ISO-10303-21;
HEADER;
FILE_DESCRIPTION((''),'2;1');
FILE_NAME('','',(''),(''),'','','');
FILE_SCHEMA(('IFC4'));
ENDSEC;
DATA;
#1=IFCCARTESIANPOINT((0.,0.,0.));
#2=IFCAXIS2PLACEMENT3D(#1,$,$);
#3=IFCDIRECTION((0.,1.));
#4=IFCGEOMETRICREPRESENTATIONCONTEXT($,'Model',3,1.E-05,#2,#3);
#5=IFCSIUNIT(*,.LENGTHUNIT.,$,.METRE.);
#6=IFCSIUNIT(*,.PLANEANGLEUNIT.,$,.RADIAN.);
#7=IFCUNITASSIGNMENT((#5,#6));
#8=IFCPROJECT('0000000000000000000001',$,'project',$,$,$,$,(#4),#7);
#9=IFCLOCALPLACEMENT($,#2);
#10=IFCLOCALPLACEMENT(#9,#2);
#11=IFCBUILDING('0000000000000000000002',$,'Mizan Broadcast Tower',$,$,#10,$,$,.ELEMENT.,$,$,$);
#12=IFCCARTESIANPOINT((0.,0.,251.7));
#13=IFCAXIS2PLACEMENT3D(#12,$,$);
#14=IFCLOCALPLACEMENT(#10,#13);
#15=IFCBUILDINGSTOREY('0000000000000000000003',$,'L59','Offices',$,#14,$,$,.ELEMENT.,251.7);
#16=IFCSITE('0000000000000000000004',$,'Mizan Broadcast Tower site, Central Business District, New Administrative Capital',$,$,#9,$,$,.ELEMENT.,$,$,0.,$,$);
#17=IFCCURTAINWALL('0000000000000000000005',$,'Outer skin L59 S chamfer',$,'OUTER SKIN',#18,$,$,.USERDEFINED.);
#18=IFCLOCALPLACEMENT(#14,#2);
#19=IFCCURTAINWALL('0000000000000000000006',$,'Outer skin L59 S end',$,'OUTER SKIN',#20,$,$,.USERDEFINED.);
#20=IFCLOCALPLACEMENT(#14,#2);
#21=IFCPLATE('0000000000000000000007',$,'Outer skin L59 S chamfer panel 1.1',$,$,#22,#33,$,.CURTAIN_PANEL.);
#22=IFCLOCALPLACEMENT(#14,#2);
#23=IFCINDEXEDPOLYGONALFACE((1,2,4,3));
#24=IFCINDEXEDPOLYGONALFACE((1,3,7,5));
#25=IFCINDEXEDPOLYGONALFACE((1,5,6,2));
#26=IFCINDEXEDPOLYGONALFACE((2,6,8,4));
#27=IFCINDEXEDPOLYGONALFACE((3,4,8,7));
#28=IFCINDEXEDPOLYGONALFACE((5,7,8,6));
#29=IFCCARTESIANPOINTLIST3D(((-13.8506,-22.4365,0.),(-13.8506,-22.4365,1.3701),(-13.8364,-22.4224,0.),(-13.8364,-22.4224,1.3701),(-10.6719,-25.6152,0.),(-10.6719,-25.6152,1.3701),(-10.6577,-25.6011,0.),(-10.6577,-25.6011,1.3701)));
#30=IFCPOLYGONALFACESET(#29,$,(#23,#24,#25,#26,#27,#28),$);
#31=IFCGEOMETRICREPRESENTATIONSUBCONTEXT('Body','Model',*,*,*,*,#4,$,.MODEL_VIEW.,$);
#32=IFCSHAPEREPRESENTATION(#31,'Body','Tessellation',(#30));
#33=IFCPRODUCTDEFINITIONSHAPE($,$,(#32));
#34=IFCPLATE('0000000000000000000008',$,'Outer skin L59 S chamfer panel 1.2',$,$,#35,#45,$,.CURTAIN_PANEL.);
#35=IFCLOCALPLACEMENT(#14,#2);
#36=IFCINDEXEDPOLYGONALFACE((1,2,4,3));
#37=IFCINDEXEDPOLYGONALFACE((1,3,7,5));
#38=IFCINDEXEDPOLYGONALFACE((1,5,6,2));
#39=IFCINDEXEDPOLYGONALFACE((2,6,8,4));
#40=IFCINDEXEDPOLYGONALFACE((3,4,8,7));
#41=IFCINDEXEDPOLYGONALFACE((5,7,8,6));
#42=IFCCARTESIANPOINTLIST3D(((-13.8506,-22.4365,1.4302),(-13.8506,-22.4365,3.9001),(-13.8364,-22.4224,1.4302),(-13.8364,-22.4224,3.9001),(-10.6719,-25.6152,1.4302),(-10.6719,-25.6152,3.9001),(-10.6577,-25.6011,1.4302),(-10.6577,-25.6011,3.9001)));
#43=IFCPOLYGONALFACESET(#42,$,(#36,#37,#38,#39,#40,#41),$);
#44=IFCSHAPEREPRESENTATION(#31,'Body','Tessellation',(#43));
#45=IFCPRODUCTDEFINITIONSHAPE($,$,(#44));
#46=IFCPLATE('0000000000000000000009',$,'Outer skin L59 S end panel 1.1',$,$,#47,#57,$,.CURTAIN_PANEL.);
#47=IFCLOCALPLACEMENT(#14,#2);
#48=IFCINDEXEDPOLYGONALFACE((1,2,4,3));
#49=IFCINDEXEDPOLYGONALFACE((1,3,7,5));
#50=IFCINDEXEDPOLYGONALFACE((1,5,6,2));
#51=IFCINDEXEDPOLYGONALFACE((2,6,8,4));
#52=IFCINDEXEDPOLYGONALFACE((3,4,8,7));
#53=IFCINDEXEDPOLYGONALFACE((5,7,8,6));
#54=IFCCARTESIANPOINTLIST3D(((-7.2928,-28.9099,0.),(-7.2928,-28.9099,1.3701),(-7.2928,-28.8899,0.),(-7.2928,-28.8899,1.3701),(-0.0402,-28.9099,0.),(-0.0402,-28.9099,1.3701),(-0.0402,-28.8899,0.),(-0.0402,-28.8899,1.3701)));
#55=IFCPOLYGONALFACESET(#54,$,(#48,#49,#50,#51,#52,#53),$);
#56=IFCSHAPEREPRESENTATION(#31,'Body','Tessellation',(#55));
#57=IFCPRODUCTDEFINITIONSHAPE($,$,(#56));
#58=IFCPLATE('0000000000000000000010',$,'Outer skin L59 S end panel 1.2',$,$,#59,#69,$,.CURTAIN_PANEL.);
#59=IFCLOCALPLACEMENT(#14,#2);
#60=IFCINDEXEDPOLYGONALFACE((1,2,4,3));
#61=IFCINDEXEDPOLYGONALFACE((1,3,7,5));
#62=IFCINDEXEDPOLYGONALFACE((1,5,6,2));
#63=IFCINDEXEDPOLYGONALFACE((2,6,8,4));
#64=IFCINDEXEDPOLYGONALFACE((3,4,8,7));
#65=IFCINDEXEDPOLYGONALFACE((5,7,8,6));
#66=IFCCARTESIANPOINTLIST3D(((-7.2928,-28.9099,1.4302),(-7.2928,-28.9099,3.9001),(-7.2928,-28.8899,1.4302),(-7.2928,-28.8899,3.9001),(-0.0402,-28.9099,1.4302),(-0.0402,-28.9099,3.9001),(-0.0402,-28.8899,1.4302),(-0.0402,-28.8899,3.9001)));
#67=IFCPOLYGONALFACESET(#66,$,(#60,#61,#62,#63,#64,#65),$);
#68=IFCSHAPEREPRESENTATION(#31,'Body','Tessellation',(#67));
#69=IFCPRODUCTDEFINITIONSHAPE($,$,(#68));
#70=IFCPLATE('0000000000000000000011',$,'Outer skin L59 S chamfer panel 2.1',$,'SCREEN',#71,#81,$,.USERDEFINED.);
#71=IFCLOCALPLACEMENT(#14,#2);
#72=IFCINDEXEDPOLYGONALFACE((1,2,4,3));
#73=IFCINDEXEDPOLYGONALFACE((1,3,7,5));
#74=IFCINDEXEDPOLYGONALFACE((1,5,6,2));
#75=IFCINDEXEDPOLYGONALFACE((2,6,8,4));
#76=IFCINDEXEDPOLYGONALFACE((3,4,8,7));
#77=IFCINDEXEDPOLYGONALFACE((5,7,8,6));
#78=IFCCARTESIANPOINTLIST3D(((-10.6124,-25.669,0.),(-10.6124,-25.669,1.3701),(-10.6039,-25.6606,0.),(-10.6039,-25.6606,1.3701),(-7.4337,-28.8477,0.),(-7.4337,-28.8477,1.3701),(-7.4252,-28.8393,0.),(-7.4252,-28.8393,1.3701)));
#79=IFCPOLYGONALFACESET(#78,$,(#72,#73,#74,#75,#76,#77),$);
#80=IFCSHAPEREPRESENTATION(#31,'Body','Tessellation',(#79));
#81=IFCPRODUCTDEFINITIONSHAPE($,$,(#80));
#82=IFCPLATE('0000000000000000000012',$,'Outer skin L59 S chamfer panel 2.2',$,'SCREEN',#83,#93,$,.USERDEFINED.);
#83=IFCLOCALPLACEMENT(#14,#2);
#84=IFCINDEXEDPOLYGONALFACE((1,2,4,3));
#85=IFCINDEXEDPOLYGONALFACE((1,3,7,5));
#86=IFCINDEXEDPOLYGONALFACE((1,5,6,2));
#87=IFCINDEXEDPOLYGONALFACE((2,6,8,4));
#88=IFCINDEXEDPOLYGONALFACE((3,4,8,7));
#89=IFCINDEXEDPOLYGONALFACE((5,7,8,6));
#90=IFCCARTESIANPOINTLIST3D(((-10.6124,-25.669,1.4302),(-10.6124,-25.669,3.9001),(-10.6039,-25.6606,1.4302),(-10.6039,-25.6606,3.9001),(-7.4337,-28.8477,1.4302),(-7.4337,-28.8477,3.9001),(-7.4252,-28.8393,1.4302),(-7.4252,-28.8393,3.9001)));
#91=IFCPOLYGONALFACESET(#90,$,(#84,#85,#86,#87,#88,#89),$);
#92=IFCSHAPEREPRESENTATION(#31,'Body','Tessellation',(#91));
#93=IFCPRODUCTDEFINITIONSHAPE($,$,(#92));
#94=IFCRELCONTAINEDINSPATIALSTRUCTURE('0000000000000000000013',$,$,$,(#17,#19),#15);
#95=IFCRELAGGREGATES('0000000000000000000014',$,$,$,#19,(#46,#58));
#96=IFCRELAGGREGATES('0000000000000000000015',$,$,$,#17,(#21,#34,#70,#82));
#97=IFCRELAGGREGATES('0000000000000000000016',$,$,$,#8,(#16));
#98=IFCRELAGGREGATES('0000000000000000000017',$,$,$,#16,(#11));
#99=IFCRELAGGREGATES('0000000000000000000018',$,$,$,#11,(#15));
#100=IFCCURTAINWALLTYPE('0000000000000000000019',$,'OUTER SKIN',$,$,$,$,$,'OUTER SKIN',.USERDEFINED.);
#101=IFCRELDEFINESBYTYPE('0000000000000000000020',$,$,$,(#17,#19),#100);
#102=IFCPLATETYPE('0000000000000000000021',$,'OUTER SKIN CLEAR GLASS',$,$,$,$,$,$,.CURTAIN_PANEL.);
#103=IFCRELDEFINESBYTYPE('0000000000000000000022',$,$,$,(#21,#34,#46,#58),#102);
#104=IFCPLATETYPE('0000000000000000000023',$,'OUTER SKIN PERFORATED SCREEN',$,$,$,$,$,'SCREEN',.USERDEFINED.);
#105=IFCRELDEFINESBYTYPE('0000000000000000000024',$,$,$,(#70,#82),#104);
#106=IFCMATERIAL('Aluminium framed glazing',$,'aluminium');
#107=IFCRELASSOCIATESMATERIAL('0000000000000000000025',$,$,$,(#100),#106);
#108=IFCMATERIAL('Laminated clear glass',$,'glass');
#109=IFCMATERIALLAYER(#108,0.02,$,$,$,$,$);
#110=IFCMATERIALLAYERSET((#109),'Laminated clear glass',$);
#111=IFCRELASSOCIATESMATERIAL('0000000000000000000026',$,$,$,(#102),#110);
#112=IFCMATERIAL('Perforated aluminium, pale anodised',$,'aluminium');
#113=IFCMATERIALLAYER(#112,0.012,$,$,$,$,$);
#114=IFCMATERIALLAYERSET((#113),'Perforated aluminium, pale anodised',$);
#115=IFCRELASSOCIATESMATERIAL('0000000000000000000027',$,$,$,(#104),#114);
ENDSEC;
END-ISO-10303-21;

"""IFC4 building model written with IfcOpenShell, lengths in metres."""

from ifc_helpers import new_model, si_unit, direction, frame, origin, origin_2d, place, context, subcontext, project, spatial, rectangle, extrude, material, layer, layer_set, type_object, element, aggregate, save


model = new_model("IFC4")

# Units and contexts
model_context = context("Model", 3, precision=1e-05, world=origin(), true_north=direction((0.0, 1.0)))
body_context = subcontext(model_context, "Body", "Model", "MODEL_VIEW")
ifc_project = project(units=[si_unit("LENGTHUNIT", "METRE"), si_unit("PLANEANGLEUNIT", "RADIAN")], contexts=[model_context])

# Site, building, storey
site_placement = place(None, origin())
site = spatial("IfcSite", under=ifc_project, at=site_placement, Name="Mizan Broadcast Tower site, Central Business District, New Administrative Capital", CompositionType="ELEMENT", RefElevation=0.0)
building_placement = place(site_placement, origin())
building = spatial("IfcBuilding", under=site, at=building_placement, Name="Mizan Broadcast Tower", CompositionType="ELEMENT")
storey_placement = place(building_placement, frame((0.0, 0.0, 251.7)))
storey = spatial("IfcBuildingStorey", under=building, at=storey_placement, Name="L59", Description="Offices", CompositionType="ELEMENT", Elevation=251.7)

# Curtain wall
ifc_material_1 = material(Name="Aluminium framed glazing", Category="aluminium")
curtain_wall_type_1 = type_object("IfcCurtainWallType", Name="OUTER SKIN", ElementType="OUTER SKIN", PredefinedType="USERDEFINED", material=ifc_material_1)
curtain_wall_1_placement = place(storey_placement, origin())
curtain_wall_1 = element("IfcCurtainWall", 1, at=curtain_wall_1_placement, inside=storey, type_object=curtain_wall_type_1, Name="Outer skin L59 S chamfer", ObjectType="OUTER SKIN", PredefinedType="USERDEFINED")

# Curtain wall
curtain_wall_2_placement = place(storey_placement, origin())
curtain_wall_2 = element("IfcCurtainWall", 2, at=curtain_wall_2_placement, inside=storey, type_object=curtain_wall_type_1, Name="Outer skin L59 S end", ObjectType="OUTER SKIN", PredefinedType="USERDEFINED")

# Plates
ifc_material_2 = material(Name="Laminated clear glass", Category="glass")
ifc_layer_1 = layer(ifc_material_2, 0.02)
ifc_layer_set_1 = layer_set([ifc_layer_1], Name="Laminated clear glass")
plate_type_1 = type_object("IfcPlateType", Name="OUTER SKIN CLEAR GLASS", PredefinedType="CURTAIN_PANEL", material=ifc_layer_set_1)
plate_1_placement = place(storey_placement, frame((-12.2542, -24.0188, 0.0), z_axis=(0.0, 0.0, 1.0), x_axis=(0.707107, -0.707107, 0.0)))
plate_1 = element("IfcPlate", 3, at=plate_1_placement, type_object=plate_type_1, Name="Outer skin L59 S chamfer panel 1.1", PredefinedType="CURTAIN_PANEL", context=body_context, shape_type="SweptSolid", body=[
    extrude(rectangle(XDim=4.4954, YDim=0.02, at=origin_2d()), origin(), (0.0, 0.0, 1.0), 1.3701),
])
plate_2_placement = place(storey_placement, frame((-12.2542, -24.0188, 1.4302), z_axis=(0.0, 0.0, 1.0), x_axis=(0.707107, -0.707107, 0.0)))
plate_2 = element("IfcPlate", 4, at=plate_2_placement, type_object=plate_type_1, Name="Outer skin L59 S chamfer panel 1.2", PredefinedType="CURTAIN_PANEL", context=body_context, shape_type="SweptSolid", body=[
    extrude(rectangle(XDim=4.4954, YDim=0.02, at=origin_2d()), origin(), (0.0, 0.0, 1.0), 2.47),
])
plate_3_placement = place(storey_placement, frame((-3.6665, -28.8999, 0.0), z_axis=(0.0, 0.0, 1.0), x_axis=(1.0, 0.0, 0.0)))
plate_3 = element("IfcPlate", 5, at=plate_3_placement, type_object=plate_type_1, Name="Outer skin L59 S end panel 1.1", PredefinedType="CURTAIN_PANEL", context=body_context, shape_type="SweptSolid", body=[
    extrude(rectangle(XDim=7.2527, YDim=0.02, at=origin_2d()), origin(), (0.0, 0.0, 1.0), 1.3701),
])
plate_4_placement = place(storey_placement, frame((-3.6665, -28.8999, 1.4302), z_axis=(0.0, 0.0, 1.0), x_axis=(1.0, 0.0, 0.0)))
plate_4 = element("IfcPlate", 6, at=plate_4_placement, type_object=plate_type_1, Name="Outer skin L59 S end panel 1.2", PredefinedType="CURTAIN_PANEL", context=body_context, shape_type="SweptSolid", body=[
    extrude(rectangle(XDim=7.2527, YDim=0.02, at=origin_2d()), origin(), (0.0, 0.0, 1.0), 2.47),
])
aggregate(curtain_wall_2, [plate_3, plate_4])
ifc_material_3 = material(Name="Perforated aluminium, pale anodised", Category="aluminium")
ifc_layer_2 = layer(ifc_material_3, 0.012)
ifc_layer_set_2 = layer_set([ifc_layer_2], Name="Perforated aluminium, pale anodised")
plate_type_2 = type_object("IfcPlateType", Name="OUTER SKIN PERFORATED SCREEN", ElementType="SCREEN", PredefinedType="USERDEFINED", material=ifc_layer_set_2)
plate_5_placement = place(storey_placement, frame((-9.0188, -27.2542, 0.0), z_axis=(0.0, 0.0, 1.0), x_axis=(0.707107, -0.707107, 0.0)))
plate_5 = element("IfcPlate", 7, at=plate_5_placement, type_object=plate_type_2, Name="Outer skin L59 S chamfer panel 2.1", ObjectType="SCREEN", PredefinedType="USERDEFINED", context=body_context, shape_type="SweptSolid", body=[
    extrude(rectangle(XDim=4.4954, YDim=0.012, at=origin_2d()), origin(), (0.0, 0.0, 1.0), 1.3701),
])
plate_6_placement = place(storey_placement, frame((-9.0188, -27.2542, 1.4302), z_axis=(0.0, 0.0, 1.0), x_axis=(0.707107, -0.707107, 0.0)))
plate_6 = element("IfcPlate", 8, at=plate_6_placement, type_object=plate_type_2, Name="Outer skin L59 S chamfer panel 2.2", ObjectType="SCREEN", PredefinedType="USERDEFINED", context=body_context, shape_type="SweptSolid", body=[
    extrude(rectangle(XDim=4.4954, YDim=0.012, at=origin_2d()), origin(), (0.0, 0.0, 1.0), 2.47),
])
aggregate(curtain_wall_1, [plate_1, plate_2, plate_5, plate_6])

save(model, "model.ifc")
